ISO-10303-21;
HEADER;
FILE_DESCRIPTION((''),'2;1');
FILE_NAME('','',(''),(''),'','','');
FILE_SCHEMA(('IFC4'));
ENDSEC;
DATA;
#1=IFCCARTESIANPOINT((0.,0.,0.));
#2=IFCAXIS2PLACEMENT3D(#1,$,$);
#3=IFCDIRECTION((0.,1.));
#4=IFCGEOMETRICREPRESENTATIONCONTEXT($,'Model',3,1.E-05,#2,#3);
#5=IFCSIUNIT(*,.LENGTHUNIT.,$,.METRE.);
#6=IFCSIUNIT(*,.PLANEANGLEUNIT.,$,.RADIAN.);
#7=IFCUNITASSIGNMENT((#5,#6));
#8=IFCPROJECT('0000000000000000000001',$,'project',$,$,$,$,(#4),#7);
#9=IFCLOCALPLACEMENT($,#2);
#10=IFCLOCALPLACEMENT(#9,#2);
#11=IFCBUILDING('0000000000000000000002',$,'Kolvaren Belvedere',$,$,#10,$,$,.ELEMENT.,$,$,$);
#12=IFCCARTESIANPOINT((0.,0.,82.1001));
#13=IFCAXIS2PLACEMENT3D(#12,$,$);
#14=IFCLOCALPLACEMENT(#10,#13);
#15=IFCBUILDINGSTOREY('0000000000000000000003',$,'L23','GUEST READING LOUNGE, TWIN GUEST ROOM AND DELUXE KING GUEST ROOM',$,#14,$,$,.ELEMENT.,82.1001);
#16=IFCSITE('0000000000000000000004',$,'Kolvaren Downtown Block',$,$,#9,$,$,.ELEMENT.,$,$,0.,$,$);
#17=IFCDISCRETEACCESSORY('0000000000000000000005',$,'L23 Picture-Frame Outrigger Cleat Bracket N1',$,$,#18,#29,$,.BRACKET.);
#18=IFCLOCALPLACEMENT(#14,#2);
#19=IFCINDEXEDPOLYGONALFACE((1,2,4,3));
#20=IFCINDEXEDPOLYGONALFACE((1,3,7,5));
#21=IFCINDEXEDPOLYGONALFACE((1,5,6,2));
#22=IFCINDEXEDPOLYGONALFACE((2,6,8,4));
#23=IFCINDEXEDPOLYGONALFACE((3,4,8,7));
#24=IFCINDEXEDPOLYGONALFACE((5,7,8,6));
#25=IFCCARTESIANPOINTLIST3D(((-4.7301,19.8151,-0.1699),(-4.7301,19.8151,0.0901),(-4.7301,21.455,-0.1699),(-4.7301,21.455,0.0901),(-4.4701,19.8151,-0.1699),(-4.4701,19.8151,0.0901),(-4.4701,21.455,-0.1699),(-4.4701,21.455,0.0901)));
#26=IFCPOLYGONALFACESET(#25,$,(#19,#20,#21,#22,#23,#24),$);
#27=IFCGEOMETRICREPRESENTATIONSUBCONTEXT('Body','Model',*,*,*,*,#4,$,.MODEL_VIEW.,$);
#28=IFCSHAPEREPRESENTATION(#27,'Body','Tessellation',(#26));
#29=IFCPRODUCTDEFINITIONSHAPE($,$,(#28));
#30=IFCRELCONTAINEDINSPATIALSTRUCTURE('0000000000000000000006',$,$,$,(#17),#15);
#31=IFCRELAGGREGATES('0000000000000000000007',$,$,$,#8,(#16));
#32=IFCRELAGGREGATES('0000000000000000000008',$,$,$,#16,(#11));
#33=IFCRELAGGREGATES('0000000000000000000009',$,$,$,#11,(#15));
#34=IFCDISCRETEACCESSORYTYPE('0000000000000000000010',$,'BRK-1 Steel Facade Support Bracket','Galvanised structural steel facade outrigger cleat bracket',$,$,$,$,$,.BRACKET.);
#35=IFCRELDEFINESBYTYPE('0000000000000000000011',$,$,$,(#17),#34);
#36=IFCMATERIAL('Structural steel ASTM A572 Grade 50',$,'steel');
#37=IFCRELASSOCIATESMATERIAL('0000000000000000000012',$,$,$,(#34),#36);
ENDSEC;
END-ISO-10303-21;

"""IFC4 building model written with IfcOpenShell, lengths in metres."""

from ifc_helpers import new_model, si_unit, direction, frame, origin, origin_2d, place, context, subcontext, project, spatial, rectangle, extrude, material, type_object, element, save


model = new_model("IFC4")

# Units and contexts
model_context = context("Model", 3, precision=1e-05, world=origin(), true_north=direction((0.0, 1.0)))
body_context = subcontext(model_context, "Body", "Model", "MODEL_VIEW")
ifc_project = project(units=[si_unit("LENGTHUNIT", "METRE"), si_unit("PLANEANGLEUNIT", "RADIAN")], contexts=[model_context])

# Site, building, storey
site_placement = place(None, origin())
site = spatial("IfcSite", under=ifc_project, at=site_placement, Name="Kolvaren Downtown Block", CompositionType="ELEMENT", RefElevation=0.0)
building_placement = place(site_placement, origin())
building = spatial("IfcBuilding", under=site, at=building_placement, Name="Kolvaren Belvedere", CompositionType="ELEMENT")
storey_placement = place(building_placement, frame((0.0, 0.0, 82.1001)))
storey = spatial("IfcBuildingStorey", under=building, at=storey_placement, Name="L23", Description="GUEST READING LOUNGE, TWIN GUEST ROOM AND DELUXE KING GUEST ROOM", CompositionType="ELEMENT", Elevation=82.1001)

# Discrete accessory
ifc_material_1 = material(Name="Structural steel ASTM A572 Grade 50", Category="steel")
discrete_accessory_type = type_object("IfcDiscreteAccessoryType", Name="BRK-1 Steel Facade Support Bracket", Description="Galvanised structural steel facade outrigger cleat bracket", PredefinedType="BRACKET", material=ifc_material_1)
discrete_accessory_placement = place(storey_placement, frame((-4.6001, 20.635, -0.1699), z_axis=(0.0, 0.0, 1.0), x_axis=(0.0, 1.0, 0.0)))
element("IfcDiscreteAccessory", 1, at=discrete_accessory_placement, inside=storey, type_object=discrete_accessory_type, Name="L23 Picture-Frame Outrigger Cleat Bracket N1", PredefinedType="BRACKET", context=body_context, shape_type="SweptSolid", body=[
    extrude(rectangle(XDim=1.6399, YDim=0.26, at=origin_2d()), origin(), (0.0, 0.0, 1.0), 0.26),
])

save(model, "model.ifc")
